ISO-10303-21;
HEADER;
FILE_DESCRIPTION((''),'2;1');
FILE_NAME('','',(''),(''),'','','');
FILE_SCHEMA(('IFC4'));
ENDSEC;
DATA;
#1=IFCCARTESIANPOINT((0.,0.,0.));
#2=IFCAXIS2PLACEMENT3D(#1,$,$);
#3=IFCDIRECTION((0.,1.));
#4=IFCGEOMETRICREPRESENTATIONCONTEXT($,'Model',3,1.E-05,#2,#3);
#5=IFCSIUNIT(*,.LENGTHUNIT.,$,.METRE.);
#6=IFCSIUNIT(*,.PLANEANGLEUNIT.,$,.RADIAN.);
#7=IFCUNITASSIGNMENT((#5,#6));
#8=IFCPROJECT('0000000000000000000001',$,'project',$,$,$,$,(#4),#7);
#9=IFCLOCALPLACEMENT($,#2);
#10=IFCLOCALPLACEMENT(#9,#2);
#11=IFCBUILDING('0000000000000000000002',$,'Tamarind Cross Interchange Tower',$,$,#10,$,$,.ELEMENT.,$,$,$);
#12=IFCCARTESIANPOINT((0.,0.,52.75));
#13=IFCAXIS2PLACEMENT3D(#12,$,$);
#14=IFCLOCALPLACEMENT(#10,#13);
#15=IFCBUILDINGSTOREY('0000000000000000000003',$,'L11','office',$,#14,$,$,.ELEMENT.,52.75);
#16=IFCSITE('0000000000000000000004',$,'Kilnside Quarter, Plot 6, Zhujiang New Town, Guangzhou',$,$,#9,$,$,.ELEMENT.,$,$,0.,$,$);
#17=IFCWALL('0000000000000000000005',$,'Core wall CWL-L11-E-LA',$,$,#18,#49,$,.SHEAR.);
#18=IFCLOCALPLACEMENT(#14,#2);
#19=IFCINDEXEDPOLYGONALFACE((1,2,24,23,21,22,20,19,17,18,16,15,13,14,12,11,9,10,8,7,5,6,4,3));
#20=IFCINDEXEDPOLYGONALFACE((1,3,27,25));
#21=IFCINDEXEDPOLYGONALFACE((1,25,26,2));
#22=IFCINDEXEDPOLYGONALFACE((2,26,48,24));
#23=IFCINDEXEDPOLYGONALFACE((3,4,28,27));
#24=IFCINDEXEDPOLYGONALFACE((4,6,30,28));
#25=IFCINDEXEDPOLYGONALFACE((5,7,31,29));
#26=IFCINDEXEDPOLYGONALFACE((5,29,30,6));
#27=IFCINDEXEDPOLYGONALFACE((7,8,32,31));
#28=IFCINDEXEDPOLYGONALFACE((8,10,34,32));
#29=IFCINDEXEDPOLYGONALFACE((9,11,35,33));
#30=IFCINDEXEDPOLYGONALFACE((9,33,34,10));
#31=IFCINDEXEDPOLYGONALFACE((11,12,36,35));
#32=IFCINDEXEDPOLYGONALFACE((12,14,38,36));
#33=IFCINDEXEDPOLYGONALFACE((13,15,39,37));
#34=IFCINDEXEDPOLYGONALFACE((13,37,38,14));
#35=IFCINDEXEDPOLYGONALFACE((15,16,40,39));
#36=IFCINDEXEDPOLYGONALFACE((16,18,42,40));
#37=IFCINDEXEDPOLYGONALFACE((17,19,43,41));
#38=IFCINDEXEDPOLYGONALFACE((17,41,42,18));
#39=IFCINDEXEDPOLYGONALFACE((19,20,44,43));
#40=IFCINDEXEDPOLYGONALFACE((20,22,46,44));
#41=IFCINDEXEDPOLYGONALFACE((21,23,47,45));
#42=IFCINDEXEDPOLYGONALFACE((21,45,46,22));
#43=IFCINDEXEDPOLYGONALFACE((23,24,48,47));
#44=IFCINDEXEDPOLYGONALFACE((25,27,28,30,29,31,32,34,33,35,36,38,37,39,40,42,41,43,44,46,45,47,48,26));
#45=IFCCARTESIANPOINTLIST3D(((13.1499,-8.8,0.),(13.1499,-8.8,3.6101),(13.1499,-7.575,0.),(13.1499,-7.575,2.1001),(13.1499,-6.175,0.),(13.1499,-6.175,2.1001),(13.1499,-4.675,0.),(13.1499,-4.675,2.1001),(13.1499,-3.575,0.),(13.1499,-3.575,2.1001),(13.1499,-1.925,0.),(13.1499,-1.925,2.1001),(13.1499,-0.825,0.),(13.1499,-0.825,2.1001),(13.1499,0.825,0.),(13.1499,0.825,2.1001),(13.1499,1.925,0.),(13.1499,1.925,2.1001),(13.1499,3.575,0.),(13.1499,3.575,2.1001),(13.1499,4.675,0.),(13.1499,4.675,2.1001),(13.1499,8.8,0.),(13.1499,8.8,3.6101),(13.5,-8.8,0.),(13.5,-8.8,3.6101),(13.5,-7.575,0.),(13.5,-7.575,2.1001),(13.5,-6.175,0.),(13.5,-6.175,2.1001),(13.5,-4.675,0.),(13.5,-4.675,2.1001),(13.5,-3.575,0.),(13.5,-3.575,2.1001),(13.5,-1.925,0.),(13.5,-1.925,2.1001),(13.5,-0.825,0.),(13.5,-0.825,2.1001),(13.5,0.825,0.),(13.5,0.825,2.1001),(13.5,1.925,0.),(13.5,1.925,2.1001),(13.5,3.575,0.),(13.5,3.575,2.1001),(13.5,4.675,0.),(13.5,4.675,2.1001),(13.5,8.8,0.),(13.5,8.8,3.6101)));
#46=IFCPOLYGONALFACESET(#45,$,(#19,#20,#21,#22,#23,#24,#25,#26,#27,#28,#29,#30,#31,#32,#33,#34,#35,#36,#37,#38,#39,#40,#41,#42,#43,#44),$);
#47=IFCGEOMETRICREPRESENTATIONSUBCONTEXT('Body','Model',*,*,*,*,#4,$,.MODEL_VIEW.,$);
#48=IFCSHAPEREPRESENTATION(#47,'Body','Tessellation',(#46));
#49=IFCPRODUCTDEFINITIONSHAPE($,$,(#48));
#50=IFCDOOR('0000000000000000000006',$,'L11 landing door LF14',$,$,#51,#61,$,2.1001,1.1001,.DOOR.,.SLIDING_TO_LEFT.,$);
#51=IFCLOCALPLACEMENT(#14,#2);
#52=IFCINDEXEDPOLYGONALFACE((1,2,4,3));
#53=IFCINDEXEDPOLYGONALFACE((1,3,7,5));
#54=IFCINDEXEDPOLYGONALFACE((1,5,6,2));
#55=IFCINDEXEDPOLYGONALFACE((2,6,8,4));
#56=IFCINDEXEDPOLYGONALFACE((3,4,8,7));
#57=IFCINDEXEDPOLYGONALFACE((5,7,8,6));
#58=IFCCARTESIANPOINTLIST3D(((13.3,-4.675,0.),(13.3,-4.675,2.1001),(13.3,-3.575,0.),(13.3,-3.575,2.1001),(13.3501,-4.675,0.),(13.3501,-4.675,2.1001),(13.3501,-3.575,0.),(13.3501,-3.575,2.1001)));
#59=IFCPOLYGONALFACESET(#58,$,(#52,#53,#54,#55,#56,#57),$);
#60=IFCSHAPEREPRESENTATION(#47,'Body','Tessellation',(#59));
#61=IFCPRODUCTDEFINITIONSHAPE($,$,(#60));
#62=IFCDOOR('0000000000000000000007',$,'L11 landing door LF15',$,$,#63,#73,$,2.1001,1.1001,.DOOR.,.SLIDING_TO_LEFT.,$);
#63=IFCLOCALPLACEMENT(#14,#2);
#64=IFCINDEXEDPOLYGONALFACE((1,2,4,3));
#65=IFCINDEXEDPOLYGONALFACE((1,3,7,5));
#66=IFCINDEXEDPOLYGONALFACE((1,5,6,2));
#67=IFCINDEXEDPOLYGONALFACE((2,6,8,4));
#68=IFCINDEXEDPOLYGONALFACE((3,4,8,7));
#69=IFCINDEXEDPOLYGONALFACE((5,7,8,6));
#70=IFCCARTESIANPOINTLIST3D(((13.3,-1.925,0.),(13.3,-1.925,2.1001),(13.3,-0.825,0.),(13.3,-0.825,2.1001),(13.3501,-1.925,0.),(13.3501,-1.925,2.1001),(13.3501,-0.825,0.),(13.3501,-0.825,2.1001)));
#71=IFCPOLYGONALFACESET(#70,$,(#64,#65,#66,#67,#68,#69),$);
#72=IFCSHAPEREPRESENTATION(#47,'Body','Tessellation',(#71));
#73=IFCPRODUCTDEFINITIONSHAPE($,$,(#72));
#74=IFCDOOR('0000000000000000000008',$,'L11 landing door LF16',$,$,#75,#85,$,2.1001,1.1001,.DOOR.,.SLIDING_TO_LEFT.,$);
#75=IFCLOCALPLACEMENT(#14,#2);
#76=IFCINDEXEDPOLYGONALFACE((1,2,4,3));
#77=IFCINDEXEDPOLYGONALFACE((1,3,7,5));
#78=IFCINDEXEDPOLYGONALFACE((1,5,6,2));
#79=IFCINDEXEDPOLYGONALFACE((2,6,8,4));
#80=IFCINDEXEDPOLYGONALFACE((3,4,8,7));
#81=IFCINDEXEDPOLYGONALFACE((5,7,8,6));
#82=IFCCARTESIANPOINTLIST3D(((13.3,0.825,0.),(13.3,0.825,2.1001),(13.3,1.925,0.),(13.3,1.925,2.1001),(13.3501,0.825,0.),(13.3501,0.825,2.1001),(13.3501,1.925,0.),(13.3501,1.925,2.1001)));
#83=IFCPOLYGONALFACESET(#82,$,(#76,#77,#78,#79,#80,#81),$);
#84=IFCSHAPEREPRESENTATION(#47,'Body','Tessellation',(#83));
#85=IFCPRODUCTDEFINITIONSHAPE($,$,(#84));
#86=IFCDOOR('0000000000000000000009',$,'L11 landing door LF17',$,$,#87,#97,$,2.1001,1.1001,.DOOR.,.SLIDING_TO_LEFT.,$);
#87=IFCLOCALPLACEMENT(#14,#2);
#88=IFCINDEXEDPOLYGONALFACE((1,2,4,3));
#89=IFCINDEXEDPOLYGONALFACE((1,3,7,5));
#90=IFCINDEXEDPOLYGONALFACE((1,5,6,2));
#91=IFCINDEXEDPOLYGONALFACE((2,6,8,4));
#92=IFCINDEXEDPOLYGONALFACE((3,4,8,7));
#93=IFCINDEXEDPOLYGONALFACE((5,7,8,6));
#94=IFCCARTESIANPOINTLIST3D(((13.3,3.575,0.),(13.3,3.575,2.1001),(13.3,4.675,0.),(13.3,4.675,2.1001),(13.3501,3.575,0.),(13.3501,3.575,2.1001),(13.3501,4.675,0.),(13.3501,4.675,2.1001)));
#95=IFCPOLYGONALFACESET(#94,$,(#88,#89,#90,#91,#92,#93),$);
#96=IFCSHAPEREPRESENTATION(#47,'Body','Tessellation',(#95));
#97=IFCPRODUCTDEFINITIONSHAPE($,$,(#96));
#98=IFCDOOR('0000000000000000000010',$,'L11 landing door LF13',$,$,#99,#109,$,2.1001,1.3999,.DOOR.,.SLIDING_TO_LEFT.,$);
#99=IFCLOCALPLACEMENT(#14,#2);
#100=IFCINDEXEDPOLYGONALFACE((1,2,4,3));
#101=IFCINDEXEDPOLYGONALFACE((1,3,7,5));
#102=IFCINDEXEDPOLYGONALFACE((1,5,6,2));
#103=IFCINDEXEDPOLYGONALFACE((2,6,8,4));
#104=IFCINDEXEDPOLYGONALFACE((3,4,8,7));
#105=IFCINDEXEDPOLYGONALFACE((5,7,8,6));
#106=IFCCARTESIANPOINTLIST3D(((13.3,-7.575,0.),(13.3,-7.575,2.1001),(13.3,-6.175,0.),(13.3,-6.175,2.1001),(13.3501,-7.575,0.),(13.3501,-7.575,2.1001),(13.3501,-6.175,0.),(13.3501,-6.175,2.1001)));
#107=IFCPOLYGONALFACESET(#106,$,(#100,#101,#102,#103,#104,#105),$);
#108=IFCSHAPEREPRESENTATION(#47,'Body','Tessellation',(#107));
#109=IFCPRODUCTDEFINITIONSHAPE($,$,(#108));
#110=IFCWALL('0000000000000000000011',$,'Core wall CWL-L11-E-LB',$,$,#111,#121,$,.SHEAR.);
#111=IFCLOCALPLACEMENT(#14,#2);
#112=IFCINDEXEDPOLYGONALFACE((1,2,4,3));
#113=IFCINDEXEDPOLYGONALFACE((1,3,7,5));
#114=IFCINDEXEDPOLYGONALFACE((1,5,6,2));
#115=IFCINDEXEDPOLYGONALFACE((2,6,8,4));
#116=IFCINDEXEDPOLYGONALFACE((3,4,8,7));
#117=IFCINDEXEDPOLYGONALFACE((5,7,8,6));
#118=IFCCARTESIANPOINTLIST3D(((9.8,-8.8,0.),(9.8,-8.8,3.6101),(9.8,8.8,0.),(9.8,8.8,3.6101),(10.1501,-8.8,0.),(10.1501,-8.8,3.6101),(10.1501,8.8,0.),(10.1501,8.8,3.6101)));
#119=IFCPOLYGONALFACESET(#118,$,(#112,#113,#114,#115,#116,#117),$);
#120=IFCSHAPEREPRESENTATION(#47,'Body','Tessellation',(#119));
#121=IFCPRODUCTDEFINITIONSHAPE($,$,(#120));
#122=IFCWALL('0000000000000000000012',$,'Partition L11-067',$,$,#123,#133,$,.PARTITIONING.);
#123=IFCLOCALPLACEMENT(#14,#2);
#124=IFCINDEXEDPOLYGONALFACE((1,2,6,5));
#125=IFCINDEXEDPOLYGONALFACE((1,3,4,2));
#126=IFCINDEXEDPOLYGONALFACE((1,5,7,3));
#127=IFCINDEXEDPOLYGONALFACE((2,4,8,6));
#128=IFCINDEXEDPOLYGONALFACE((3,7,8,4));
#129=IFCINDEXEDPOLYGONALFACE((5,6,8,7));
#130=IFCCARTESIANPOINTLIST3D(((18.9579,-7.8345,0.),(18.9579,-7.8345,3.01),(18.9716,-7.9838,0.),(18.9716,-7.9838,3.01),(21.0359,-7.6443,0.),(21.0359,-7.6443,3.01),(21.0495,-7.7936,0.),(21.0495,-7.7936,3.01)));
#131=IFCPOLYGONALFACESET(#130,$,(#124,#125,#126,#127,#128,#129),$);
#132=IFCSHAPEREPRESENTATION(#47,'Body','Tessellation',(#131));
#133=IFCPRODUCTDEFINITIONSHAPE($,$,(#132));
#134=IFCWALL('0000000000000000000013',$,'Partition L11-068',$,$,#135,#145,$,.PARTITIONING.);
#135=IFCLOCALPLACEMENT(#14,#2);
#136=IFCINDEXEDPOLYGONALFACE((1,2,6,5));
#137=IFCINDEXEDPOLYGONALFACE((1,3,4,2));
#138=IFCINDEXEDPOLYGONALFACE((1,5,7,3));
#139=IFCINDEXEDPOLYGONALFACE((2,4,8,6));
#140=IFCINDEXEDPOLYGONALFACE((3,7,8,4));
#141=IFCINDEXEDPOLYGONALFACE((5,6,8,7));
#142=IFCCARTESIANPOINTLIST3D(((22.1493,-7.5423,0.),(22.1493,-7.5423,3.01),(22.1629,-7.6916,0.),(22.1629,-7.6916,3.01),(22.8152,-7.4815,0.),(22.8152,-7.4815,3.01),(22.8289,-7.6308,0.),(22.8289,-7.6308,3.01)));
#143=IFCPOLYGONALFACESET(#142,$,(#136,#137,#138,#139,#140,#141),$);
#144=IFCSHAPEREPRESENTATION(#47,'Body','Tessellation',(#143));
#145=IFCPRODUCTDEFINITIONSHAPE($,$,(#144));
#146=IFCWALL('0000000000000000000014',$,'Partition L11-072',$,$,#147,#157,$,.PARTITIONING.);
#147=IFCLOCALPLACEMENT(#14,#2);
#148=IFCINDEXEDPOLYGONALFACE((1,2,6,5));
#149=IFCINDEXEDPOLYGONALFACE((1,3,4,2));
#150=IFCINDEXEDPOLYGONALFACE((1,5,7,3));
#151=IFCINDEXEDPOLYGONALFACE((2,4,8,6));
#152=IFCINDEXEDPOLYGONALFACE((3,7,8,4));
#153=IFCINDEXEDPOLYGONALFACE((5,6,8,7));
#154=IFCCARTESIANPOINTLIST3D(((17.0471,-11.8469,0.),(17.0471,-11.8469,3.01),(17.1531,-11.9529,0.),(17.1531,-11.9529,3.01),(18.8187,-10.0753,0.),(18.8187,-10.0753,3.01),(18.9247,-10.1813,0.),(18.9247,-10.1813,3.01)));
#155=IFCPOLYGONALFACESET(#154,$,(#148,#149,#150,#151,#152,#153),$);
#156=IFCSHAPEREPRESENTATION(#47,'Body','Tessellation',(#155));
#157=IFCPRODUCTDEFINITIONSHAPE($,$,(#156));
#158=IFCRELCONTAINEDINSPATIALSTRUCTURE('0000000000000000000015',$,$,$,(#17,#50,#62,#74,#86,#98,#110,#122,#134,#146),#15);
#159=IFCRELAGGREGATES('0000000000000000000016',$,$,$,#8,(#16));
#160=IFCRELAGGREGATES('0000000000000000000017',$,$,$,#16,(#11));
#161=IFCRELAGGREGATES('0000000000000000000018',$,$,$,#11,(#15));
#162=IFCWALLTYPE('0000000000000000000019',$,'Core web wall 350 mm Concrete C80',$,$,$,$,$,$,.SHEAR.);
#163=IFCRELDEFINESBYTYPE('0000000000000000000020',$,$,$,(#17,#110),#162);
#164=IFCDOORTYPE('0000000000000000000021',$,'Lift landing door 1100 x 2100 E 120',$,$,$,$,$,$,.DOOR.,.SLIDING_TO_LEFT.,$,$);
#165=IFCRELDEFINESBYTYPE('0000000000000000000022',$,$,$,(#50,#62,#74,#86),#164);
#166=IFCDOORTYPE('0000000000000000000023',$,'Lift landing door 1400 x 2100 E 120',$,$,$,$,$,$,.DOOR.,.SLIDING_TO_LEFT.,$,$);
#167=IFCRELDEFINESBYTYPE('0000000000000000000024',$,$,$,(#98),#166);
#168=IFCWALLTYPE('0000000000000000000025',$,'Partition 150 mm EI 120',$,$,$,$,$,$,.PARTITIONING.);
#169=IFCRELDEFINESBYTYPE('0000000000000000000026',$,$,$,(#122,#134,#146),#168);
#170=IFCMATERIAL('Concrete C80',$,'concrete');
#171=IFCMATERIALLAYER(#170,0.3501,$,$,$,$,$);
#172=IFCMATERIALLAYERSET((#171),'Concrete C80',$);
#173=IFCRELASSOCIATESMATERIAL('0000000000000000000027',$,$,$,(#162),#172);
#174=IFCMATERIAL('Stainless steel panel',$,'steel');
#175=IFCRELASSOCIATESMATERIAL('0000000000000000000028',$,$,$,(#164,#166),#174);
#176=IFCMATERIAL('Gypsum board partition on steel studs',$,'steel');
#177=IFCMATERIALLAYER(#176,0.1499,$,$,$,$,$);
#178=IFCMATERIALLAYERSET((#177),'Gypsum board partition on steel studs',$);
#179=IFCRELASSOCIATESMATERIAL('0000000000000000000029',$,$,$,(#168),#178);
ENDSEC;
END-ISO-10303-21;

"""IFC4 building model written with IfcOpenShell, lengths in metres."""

from ifc_helpers import new_model, si_unit, direction, frame, frame_2d, origin, place, context, subcontext, project, spatial, rectangle, extrude, material, layer, layer_set, type_object, element, fill, save


model = new_model("IFC4")

# Units and contexts
model_context = context("Model", 3, precision=1e-05, world=origin(), true_north=direction((0.0, 1.0)))
body_context = subcontext(model_context, "Body", "Model", "MODEL_VIEW")
ifc_project = project(units=[si_unit("LENGTHUNIT", "METRE"), si_unit("PLANEANGLEUNIT", "RADIAN")], contexts=[model_context])

# Site, building, storey
site_placement = place(None, origin())
site = spatial("IfcSite", under=ifc_project, at=site_placement, Name="Kilnside Quarter, Plot 6, Zhujiang New Town, Guangzhou", CompositionType="ELEMENT", RefElevation=0.0)
building_placement = place(site_placement, origin())
building = spatial("IfcBuilding", under=site, at=building_placement, Name="Tamarind Cross Interchange Tower", CompositionType="ELEMENT")
storey_placement = place(building_placement, frame((0.0, 0.0, 52.75)))
storey = spatial("IfcBuildingStorey", under=building, at=storey_placement, Name="L11", Description="office", CompositionType="ELEMENT", Elevation=52.75)

# Wall, openings, doors
ifc_material_1 = material(Name="Concrete C80", Category="concrete")
ifc_layer_1 = layer(ifc_material_1, 0.3501)
ifc_layer_set_1 = layer_set([ifc_layer_1], Name="Concrete C80")
wall_type_1 = type_object("IfcWallType", Name="Core web wall 350 mm Concrete C80", PredefinedType="SHEAR", material=ifc_layer_set_1)
wall_1_placement = place(storey_placement, frame((13.325, -8.8, 0.0), z_axis=(0.0, 0.0, 1.0), x_axis=(0.0, 1.0, 0.0)))
wall_1 = element("IfcWall", 1, at=wall_1_placement, inside=storey, type_object=wall_type_1, Name="Core wall CWL-L11-E-LA", PredefinedType="SHEAR", context=body_context, shape_type="SweptSolid", body=[
    extrude(rectangle(XDim=17.6001, YDim=0.3501, at=frame_2d((8.8, 0.0))), origin(), (0.0, 0.0, 1.0), 3.6101),
])
opening_1_placement = place(wall_1_placement, frame((1.2251, 0.0, 0.0)))
opening_1 = element("IfcOpeningElement", 2, at=opening_1_placement, cuts=wall_1, PredefinedType="OPENING", context=body_context, shape_type="SweptSolid", body=[
    extrude(rectangle(XDim=1.3999, YDim=2.1001, at=frame_2d((0.7, 1.05))), frame((0.0, 0.1851, 0.0), z_axis=(0.0, -1.0, 0.0), x_axis=(1.0, 0.0, 0.0)), (0.0, 0.0, 1.0), 0.3701),
])
opening_2_placement = place(wall_1_placement, frame((4.125, 0.0, 0.0)))
opening_2 = element("IfcOpeningElement", 3, at=opening_2_placement, cuts=wall_1, PredefinedType="OPENING", context=body_context, shape_type="SweptSolid", body=[
    extrude(rectangle(XDim=1.1001, YDim=2.1001, at=frame_2d((0.55, 1.05))), frame((0.0, 0.1851, 0.0), z_axis=(0.0, -1.0, 0.0), x_axis=(1.0, 0.0, 0.0)), (0.0, 0.0, 1.0), 0.3701),
])
opening_3_placement = place(wall_1_placement, frame((6.875, 0.0, 0.0)))
opening_3 = element("IfcOpeningElement", 4, at=opening_3_placement, cuts=wall_1, PredefinedType="OPENING", context=body_context, shape_type="SweptSolid", body=[
    extrude(rectangle(XDim=1.1001, YDim=2.1001, at=frame_2d((0.55, 1.05))), frame((0.0, 0.1851, 0.0), z_axis=(0.0, -1.0, 0.0), x_axis=(1.0, 0.0, 0.0)), (0.0, 0.0, 1.0), 0.3701),
])
opening_4_placement = place(wall_1_placement, frame((9.625, 0.0, 0.0)))
opening_4 = element("IfcOpeningElement", 5, at=opening_4_placement, cuts=wall_1, PredefinedType="OPENING", context=body_context, shape_type="SweptSolid", body=[
    extrude(rectangle(XDim=1.1001, YDim=2.1001, at=frame_2d((0.55, 1.05))), frame((0.0, 0.1851, 0.0), z_axis=(0.0, -1.0, 0.0), x_axis=(1.0, 0.0, 0.0)), (0.0, 0.0, 1.0), 0.3701),
])
opening_5_placement = place(wall_1_placement, frame((12.375, 0.0, 0.0)))
opening_5 = element("IfcOpeningElement", 6, at=opening_5_placement, cuts=wall_1, PredefinedType="OPENING", context=body_context, shape_type="SweptSolid", body=[
    extrude(rectangle(XDim=1.1001, YDim=2.1001, at=frame_2d((0.55, 1.05))), frame((0.0, 0.1851, 0.0), z_axis=(0.0, -1.0, 0.0), x_axis=(1.0, 0.0, 0.0)), (0.0, 0.0, 1.0), 0.3701),
])
ifc_material_2 = material(Name="Stainless steel panel", Category="steel")
door_type_1 = type_object("IfcDoorType", Name="Lift landing door 1100 x 2100 E 120", OperationType="SLIDING_TO_LEFT", PredefinedType="DOOR", material=ifc_material_2)
door_1_placement = place(opening_2_placement, origin())
door_1 = element("IfcDoor", 7, at=door_1_placement, inside=storey, type_object=door_type_1, Name="L11 landing door LF14", OperationType="SLIDING_TO_LEFT", OverallHeight=2.1001, OverallWidth=1.1001, PredefinedType="DOOR", context=body_context, shape_type="SweptSolid", body=[
    extrude(rectangle(XDim=1.1001, YDim=2.1001, at=frame_2d((0.55, 1.05))), frame((0.0, 0.0249, 0.0), z_axis=(0.0, -1.0, 0.0), x_axis=(1.0, 0.0, 0.0)), (0.0, 0.0, 1.0), 0.05),
])
fill(opening_2, door_1)
door_2_placement = place(opening_3_placement, origin())
door_2 = element("IfcDoor", 8, at=door_2_placement, inside=storey, type_object=door_type_1, Name="L11 landing door LF15", OperationType="SLIDING_TO_LEFT", OverallHeight=2.1001, OverallWidth=1.1001, PredefinedType="DOOR", context=body_context, shape_type="SweptSolid", body=[
    extrude(rectangle(XDim=1.1001, YDim=2.1001, at=frame_2d((0.55, 1.05))), frame((0.0, 0.0249, 0.0), z_axis=(0.0, -1.0, 0.0), x_axis=(1.0, 0.0, 0.0)), (0.0, 0.0, 1.0), 0.05),
])
fill(opening_3, door_2)
door_3_placement = place(opening_4_placement, origin())
door_3 = element("IfcDoor", 9, at=door_3_placement, inside=storey, type_object=door_type_1, Name="L11 landing door LF16", OperationType="SLIDING_TO_LEFT", OverallHeight=2.1001, OverallWidth=1.1001, PredefinedType="DOOR", context=body_context, shape_type="SweptSolid", body=[
    extrude(rectangle(XDim=1.1001, YDim=2.1001, at=frame_2d((0.55, 1.05))), frame((0.0, 0.0249, 0.0), z_axis=(0.0, -1.0, 0.0), x_axis=(1.0, 0.0, 0.0)), (0.0, 0.0, 1.0), 0.05),
])
fill(opening_4, door_3)
door_4_placement = place(opening_5_placement, origin())
door_4 = element("IfcDoor", 10, at=door_4_placement, inside=storey, type_object=door_type_1, Name="L11 landing door LF17", OperationType="SLIDING_TO_LEFT", OverallHeight=2.1001, OverallWidth=1.1001, PredefinedType="DOOR", context=body_context, shape_type="SweptSolid", body=[
    extrude(rectangle(XDim=1.1001, YDim=2.1001, at=frame_2d((0.55, 1.05))), frame((0.0, 0.0249, 0.0), z_axis=(0.0, -1.0, 0.0), x_axis=(1.0, 0.0, 0.0)), (0.0, 0.0, 1.0), 0.05),
])
fill(opening_5, door_4)
door_type_2 = type_object("IfcDoorType", Name="Lift landing door 1400 x 2100 E 120", OperationType="SLIDING_TO_LEFT", PredefinedType="DOOR", material=ifc_material_2)
door_5_placement = place(opening_1_placement, origin())
door_5 = element("IfcDoor", 11, at=door_5_placement, inside=storey, type_object=door_type_2, Name="L11 landing door LF13", OperationType="SLIDING_TO_LEFT", OverallHeight=2.1001, OverallWidth=1.3999, PredefinedType="DOOR", context=body_context, shape_type="SweptSolid", body=[
    extrude(rectangle(XDim=1.3999, YDim=2.1001, at=frame_2d((0.7, 1.05))), frame((0.0, 0.0249, 0.0), z_axis=(0.0, -1.0, 0.0), x_axis=(1.0, 0.0, 0.0)), (0.0, 0.0, 1.0), 0.05),
])
fill(opening_1, door_5)

# Walls
wall_2_placement = place(storey_placement, frame((9.9751, -8.8, 0.0), z_axis=(0.0, 0.0, 1.0), x_axis=(0.0, 1.0, 0.0)))
element("IfcWall", 12, at=wall_2_placement, inside=storey, type_object=wall_type_1, Name="Core wall CWL-L11-E-LB", PredefinedType="SHEAR", context=body_context, shape_type="SweptSolid", body=[
    extrude(rectangle(XDim=17.6001, YDim=0.3501, at=frame_2d((8.8, 0.0))), origin(), (0.0, 0.0, 1.0), 3.6101),
])
ifc_material_3 = material(Name="Gypsum board partition on steel studs", Category="steel")
ifc_layer_2 = layer(ifc_material_3, 0.1499)
ifc_layer_set_2 = layer_set([ifc_layer_2], Name="Gypsum board partition on steel studs")
wall_type_2 = type_object("IfcWallType", Name="Partition 150 mm EI 120", PredefinedType="PARTITIONING", material=ifc_layer_set_2)
wall_3_placement = place(storey_placement, frame((18.9646, -7.9092, 0.0), z_axis=(0.0, 0.0, 1.0), x_axis=(0.995837, 0.091148, 0.0)))
element("IfcWall", 13, at=wall_3_placement, inside=storey, type_object=wall_type_2, Name="Partition L11-067", PredefinedType="PARTITIONING", context=body_context, shape_type="SweptSolid", body=[
    extrude(rectangle(XDim=2.0867, YDim=0.1499, at=frame_2d((1.0435, 0.0))), origin(), (0.0, 0.0, 1.0), 3.01),
])
wall_4_placement = place(storey_placement, frame((22.156, -7.6169, 0.0), z_axis=(0.0, 0.0, 1.0), x_axis=(0.99586, 0.090898, 0.0)))
element("IfcWall", 14, at=wall_4_placement, inside=storey, type_object=wall_type_2, Name="Partition L11-068", PredefinedType="PARTITIONING", context=body_context, shape_type="SweptSolid", body=[
    extrude(rectangle(XDim=0.6687, YDim=0.1499, at=frame_2d((0.3345, 0.0))), origin(), (0.0, 0.0, 1.0), 3.01),
])
wall_5_placement = place(storey_placement, frame((17.1001, -11.8999, 0.0), z_axis=(0.0, 0.0, 1.0), x_axis=(0.707107, 0.707107, 0.0)))
element("IfcWall", 15, at=wall_5_placement, inside=storey, type_object=wall_type_2, Name="Partition L11-072", PredefinedType="PARTITIONING", context=body_context, shape_type="SweptSolid", body=[
    extrude(rectangle(XDim=2.5054, YDim=0.1499, at=frame_2d((1.2527, 0.0))), origin(), (0.0, 0.0, 1.0), 3.01),
])

save(model, "model.ifc")
